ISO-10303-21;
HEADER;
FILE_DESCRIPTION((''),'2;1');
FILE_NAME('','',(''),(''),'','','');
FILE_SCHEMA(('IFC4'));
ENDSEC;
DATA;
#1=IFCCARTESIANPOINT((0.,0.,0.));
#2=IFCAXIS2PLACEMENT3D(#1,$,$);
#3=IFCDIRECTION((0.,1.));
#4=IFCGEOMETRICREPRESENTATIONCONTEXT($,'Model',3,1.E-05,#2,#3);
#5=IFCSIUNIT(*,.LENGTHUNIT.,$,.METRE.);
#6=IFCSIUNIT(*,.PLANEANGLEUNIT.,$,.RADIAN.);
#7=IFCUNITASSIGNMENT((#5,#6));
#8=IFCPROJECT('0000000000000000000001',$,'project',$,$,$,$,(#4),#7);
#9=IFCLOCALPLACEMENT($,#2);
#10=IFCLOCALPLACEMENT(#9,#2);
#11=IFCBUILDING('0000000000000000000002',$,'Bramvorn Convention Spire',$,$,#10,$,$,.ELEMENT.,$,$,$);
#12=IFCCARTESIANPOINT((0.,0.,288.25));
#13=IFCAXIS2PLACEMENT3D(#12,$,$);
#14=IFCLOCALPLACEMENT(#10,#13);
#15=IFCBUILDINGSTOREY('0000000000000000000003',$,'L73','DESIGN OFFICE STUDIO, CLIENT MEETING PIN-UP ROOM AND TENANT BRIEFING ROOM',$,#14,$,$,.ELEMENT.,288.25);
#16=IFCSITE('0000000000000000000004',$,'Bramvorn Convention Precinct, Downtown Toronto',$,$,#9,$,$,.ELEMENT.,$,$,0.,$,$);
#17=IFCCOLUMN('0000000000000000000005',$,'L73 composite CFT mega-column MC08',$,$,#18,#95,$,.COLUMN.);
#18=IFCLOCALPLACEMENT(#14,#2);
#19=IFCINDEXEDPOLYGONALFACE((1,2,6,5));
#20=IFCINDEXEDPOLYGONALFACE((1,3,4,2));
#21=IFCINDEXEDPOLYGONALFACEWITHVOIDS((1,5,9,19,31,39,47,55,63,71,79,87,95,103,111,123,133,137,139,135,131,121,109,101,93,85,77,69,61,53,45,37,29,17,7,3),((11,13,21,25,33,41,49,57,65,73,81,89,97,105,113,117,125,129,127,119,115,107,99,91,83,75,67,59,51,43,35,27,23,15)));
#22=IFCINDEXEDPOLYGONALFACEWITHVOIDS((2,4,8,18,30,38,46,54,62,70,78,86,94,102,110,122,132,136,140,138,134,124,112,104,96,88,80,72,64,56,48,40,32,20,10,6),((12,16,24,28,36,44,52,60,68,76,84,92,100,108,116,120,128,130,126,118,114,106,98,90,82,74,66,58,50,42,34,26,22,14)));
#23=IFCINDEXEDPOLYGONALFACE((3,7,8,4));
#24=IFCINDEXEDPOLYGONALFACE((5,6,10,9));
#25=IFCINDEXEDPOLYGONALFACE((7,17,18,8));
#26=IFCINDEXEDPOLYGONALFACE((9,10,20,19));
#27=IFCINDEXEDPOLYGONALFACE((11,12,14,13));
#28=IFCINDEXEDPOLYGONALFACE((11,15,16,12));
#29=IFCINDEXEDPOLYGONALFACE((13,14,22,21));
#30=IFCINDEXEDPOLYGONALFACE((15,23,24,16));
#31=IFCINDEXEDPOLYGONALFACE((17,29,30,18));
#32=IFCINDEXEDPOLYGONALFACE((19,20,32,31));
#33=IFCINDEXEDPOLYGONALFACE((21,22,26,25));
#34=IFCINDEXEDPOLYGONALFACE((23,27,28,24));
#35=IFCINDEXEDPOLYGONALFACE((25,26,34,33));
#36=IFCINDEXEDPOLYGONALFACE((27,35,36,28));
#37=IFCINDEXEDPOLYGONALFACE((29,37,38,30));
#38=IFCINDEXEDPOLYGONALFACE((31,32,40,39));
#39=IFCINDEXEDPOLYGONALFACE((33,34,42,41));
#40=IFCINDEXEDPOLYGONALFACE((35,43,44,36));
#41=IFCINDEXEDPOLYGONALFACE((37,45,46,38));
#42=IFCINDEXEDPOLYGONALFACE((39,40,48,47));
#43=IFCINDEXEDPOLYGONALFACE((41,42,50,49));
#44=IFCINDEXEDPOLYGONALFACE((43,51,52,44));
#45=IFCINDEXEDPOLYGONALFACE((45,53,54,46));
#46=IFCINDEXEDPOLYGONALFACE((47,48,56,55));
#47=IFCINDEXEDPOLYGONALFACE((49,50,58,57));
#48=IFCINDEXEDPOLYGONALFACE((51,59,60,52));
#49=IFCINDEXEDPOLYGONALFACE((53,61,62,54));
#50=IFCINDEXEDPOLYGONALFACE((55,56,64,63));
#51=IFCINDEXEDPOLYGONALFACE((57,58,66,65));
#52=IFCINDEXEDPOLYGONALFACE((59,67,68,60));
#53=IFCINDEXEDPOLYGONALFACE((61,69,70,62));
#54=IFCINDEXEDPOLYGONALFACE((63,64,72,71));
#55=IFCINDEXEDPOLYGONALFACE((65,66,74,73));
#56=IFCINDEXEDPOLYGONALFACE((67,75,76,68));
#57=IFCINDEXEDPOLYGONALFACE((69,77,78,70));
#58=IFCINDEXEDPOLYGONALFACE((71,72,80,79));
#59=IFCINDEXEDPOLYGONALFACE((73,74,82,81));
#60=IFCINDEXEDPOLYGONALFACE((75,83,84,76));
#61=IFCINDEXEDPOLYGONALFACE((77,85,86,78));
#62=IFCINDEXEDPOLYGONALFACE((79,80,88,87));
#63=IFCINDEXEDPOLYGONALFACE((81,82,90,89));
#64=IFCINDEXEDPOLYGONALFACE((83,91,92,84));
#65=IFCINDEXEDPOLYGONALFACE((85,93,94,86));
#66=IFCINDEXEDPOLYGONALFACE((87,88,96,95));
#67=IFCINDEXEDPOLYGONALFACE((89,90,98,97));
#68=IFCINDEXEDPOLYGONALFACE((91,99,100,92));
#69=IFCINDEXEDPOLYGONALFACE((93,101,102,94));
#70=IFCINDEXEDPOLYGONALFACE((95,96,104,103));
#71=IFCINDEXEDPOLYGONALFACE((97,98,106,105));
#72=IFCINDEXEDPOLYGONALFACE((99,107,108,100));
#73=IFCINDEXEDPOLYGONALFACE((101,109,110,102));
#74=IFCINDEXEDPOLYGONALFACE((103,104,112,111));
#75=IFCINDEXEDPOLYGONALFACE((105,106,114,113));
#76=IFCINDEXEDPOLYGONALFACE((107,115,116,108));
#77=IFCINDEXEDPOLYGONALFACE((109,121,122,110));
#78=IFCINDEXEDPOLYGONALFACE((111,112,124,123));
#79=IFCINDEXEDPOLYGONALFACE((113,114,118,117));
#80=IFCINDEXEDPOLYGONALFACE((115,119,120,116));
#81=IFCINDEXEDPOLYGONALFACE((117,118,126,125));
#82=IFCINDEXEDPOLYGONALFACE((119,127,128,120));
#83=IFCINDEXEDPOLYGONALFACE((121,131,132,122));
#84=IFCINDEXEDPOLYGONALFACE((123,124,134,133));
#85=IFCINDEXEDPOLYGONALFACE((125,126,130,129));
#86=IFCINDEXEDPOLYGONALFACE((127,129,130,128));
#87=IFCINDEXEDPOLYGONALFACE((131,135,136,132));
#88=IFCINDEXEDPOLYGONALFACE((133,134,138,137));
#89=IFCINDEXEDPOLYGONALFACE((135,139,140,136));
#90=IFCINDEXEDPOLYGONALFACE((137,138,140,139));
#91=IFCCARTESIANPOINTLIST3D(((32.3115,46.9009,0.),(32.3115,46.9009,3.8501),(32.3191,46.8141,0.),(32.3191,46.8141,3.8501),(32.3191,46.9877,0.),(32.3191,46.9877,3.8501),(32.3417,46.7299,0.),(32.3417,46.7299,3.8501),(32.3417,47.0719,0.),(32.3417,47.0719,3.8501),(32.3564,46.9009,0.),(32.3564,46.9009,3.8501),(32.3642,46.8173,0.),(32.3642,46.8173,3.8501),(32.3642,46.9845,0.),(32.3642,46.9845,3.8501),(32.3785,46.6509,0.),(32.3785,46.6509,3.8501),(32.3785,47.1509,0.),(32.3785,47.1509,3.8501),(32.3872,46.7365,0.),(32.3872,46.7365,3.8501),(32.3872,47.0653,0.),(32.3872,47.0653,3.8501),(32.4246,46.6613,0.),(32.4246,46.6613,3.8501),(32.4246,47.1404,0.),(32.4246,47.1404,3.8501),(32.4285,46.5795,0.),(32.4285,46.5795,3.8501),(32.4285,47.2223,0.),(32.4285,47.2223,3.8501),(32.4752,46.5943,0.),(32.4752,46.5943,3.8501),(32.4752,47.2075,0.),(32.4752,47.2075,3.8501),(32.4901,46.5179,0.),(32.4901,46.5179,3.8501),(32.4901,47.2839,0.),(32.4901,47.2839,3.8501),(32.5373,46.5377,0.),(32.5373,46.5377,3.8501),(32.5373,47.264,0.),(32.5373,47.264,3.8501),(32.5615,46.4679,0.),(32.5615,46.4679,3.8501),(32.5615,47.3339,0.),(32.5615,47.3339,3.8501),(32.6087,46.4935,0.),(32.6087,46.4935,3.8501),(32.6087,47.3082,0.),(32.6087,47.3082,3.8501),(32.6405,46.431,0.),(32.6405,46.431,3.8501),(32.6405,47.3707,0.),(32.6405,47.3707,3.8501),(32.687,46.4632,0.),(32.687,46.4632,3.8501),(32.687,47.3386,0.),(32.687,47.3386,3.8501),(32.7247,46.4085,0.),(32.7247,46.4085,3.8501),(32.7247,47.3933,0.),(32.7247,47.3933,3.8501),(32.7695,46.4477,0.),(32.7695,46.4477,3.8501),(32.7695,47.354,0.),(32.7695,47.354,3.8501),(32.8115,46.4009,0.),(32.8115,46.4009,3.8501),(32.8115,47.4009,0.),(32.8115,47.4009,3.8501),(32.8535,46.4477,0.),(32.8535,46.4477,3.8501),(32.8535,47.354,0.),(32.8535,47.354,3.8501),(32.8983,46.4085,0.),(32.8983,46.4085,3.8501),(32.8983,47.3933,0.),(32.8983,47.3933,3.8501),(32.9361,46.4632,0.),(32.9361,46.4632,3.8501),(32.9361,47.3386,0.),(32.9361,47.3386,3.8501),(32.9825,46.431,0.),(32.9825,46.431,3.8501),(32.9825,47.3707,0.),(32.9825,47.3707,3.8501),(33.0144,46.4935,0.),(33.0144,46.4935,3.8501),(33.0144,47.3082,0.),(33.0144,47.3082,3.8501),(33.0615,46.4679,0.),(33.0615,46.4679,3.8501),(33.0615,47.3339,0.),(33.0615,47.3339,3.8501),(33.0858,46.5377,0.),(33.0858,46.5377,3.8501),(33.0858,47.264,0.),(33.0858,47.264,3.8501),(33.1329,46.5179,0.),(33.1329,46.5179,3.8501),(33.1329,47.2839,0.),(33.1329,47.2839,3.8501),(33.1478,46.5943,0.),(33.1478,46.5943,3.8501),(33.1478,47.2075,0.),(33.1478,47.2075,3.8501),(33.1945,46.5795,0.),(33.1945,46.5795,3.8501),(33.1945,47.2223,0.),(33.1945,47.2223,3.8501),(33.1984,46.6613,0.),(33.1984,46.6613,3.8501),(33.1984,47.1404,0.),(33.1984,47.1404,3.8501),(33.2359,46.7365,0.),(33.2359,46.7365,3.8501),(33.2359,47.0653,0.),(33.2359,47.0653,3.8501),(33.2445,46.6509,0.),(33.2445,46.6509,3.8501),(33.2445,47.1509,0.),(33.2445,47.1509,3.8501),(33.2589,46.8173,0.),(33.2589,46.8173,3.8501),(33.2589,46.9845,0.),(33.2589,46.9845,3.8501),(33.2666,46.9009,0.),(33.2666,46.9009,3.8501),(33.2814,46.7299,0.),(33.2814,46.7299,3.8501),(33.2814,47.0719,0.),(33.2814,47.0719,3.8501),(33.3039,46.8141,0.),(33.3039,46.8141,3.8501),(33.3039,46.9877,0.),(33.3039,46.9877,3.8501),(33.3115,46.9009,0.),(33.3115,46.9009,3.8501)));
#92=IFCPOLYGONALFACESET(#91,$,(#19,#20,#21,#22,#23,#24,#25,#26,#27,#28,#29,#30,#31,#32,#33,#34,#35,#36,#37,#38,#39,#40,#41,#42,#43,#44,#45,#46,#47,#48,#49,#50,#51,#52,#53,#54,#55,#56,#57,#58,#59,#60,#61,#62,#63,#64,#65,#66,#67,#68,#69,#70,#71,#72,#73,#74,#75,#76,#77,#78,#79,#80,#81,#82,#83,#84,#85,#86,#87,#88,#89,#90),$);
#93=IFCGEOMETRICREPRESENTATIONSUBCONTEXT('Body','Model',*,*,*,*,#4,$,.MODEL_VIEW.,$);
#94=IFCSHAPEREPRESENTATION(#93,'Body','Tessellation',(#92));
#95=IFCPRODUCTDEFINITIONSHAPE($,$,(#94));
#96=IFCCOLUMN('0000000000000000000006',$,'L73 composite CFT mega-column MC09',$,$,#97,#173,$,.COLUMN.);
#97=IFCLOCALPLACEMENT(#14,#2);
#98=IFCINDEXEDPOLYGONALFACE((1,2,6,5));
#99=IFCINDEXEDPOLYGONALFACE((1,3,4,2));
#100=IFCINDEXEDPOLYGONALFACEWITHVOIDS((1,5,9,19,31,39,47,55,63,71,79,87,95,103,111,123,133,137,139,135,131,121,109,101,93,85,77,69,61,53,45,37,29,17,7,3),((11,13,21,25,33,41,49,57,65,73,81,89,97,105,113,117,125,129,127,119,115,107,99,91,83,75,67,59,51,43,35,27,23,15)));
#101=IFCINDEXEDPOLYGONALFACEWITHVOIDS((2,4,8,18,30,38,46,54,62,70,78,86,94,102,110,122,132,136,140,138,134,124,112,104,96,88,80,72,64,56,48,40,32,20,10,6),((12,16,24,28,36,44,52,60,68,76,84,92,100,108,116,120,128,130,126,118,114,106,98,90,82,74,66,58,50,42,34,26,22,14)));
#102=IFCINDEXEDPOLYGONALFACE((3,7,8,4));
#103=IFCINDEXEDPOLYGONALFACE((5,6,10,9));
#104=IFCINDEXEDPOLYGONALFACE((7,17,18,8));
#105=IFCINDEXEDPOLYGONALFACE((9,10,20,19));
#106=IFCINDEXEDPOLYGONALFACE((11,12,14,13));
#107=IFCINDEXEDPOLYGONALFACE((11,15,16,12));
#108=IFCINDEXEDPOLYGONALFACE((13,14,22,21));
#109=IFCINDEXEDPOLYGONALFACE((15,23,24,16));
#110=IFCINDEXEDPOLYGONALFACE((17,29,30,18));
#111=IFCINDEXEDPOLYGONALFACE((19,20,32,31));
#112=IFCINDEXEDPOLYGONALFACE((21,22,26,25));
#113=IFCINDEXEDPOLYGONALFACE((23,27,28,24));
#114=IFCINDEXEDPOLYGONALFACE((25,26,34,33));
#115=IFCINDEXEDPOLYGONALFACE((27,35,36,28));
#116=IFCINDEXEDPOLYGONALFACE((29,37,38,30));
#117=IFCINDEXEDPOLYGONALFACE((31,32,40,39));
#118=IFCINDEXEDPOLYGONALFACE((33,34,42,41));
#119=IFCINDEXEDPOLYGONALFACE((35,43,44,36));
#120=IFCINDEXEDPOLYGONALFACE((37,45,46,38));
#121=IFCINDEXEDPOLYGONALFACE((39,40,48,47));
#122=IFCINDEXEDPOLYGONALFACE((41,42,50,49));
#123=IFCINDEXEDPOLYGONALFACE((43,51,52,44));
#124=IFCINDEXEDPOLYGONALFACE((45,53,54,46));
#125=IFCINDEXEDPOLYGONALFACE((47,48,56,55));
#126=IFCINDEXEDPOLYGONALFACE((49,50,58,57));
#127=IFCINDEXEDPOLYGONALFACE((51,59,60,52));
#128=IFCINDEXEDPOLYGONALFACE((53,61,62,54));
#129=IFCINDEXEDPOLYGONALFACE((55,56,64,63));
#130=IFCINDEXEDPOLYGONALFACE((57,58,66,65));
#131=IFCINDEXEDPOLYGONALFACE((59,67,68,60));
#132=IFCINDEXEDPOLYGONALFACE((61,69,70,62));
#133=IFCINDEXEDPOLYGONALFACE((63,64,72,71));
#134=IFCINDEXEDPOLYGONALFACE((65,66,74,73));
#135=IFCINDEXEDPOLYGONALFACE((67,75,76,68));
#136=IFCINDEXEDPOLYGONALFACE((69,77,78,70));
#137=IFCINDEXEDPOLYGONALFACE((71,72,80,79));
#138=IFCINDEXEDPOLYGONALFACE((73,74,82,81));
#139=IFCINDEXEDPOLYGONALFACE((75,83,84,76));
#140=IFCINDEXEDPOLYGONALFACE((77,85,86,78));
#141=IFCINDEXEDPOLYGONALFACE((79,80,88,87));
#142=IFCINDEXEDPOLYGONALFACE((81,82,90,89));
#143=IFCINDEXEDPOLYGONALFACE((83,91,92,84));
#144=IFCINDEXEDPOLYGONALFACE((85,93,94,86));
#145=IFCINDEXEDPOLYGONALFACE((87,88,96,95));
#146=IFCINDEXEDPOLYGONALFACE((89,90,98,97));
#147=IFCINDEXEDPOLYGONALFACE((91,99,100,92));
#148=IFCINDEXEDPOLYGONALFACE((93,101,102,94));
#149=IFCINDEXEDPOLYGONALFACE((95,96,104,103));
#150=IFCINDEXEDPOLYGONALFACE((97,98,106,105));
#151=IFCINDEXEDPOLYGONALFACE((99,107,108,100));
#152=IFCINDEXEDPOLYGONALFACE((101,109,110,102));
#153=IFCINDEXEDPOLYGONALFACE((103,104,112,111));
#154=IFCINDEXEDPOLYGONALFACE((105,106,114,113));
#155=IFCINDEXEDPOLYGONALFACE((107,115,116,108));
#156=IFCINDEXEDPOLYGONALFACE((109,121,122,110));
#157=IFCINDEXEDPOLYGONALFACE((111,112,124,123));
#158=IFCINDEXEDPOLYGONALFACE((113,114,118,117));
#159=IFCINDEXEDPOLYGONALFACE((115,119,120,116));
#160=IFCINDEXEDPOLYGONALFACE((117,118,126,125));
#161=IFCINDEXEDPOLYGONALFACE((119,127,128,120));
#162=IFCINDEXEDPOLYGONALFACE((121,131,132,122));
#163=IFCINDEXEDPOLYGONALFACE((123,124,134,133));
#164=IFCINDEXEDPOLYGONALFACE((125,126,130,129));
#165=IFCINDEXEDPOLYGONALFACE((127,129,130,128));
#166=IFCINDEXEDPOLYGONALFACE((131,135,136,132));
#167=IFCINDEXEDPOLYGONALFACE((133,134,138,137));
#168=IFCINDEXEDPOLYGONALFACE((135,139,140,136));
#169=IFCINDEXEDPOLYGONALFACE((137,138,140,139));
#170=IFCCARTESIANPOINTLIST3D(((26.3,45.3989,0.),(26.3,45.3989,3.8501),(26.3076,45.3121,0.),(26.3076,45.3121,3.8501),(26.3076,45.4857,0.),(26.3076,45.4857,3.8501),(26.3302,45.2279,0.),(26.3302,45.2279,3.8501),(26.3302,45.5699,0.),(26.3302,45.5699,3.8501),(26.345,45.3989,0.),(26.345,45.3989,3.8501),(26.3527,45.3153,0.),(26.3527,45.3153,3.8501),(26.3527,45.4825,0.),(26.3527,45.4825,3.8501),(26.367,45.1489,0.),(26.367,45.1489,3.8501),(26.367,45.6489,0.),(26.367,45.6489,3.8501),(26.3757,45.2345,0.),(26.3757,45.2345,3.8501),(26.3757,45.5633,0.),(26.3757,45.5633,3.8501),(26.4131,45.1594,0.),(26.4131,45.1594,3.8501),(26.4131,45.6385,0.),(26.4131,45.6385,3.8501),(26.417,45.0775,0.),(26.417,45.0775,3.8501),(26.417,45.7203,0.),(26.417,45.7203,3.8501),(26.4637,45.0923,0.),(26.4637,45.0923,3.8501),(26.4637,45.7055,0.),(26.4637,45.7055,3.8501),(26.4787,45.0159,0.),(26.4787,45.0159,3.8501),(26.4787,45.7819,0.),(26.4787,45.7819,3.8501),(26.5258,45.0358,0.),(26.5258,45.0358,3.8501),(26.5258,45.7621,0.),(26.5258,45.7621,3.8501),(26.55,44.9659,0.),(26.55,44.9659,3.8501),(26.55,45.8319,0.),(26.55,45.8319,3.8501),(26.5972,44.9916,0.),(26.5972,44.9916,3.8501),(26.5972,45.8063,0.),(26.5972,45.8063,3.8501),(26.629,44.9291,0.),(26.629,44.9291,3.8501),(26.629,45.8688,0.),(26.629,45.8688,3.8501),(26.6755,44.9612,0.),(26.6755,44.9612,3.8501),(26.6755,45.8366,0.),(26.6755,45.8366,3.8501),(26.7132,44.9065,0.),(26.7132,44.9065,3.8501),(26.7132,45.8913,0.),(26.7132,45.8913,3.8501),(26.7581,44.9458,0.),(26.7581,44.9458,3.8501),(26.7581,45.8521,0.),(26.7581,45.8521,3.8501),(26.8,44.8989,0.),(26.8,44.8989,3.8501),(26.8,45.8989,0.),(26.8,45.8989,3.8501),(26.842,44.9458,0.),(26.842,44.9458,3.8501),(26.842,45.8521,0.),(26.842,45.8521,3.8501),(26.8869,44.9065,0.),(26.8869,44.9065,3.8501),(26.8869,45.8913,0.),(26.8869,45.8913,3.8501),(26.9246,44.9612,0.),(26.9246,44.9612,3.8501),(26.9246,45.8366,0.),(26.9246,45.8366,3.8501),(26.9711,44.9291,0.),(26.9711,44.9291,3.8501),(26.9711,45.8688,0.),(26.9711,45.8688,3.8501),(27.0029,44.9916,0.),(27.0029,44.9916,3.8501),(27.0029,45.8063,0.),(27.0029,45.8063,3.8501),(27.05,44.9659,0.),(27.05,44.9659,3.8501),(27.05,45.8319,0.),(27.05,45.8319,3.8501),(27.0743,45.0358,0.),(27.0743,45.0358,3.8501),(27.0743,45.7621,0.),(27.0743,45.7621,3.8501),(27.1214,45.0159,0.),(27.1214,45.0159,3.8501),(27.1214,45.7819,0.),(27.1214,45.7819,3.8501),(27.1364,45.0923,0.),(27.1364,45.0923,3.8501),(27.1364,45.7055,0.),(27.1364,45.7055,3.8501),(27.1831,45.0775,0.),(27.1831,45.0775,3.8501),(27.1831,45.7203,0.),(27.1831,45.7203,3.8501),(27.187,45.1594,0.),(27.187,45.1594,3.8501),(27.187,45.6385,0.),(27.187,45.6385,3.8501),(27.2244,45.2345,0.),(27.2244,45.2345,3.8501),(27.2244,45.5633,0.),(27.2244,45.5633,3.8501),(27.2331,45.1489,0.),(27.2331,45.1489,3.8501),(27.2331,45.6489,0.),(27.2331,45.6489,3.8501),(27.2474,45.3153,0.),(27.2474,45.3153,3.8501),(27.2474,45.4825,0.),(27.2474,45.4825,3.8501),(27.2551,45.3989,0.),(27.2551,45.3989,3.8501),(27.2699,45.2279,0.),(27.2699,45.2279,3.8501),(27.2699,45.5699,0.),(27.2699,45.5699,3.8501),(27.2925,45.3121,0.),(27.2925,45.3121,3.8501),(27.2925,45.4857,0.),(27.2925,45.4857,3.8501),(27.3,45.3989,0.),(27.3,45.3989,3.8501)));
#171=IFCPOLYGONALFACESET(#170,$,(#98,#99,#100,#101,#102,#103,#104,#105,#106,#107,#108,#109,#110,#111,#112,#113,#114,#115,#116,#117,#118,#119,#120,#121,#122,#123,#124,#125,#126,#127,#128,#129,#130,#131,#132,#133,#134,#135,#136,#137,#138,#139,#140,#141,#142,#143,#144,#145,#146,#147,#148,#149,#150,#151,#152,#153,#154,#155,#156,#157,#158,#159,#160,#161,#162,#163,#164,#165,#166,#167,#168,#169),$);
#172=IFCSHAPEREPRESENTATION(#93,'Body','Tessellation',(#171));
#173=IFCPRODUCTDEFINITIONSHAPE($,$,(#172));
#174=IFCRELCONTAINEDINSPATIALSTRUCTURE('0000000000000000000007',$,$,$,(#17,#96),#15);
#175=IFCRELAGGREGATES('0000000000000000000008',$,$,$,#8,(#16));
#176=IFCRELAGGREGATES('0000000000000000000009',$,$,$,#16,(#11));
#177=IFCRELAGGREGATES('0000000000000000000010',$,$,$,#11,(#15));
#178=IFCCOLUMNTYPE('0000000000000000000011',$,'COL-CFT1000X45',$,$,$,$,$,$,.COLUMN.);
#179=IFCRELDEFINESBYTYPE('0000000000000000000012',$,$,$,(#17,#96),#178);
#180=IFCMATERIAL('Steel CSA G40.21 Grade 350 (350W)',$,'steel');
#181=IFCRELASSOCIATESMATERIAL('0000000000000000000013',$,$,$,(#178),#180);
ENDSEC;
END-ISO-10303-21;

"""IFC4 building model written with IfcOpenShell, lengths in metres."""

from ifc_helpers import new_model, si_unit, direction, frame, origin, origin_2d, place, context, subcontext, project, spatial, hollow_circle, extrude, material, material_profile, profile_set, type_object, element, save


model = new_model("IFC4")

# Units and contexts
model_context = context("Model", 3, precision=1e-05, world=origin(), true_north=direction((0.0, 1.0)))
body_context = subcontext(model_context, "Body", "Model", "MODEL_VIEW")
ifc_project = project(units=[si_unit("LENGTHUNIT", "METRE"), si_unit("PLANEANGLEUNIT", "RADIAN")], contexts=[model_context])

# Site, building, storey
site_placement = place(None, origin())
site = spatial("IfcSite", under=ifc_project, at=site_placement, Name="Bramvorn Convention Precinct, Downtown Toronto", CompositionType="ELEMENT", RefElevation=0.0)
building_placement = place(site_placement, origin())
building = spatial("IfcBuilding", under=site, at=building_placement, Name="Bramvorn Convention Spire", CompositionType="ELEMENT")
storey_placement = place(building_placement, frame((0.0, 0.0, 288.25)))
storey = spatial("IfcBuildingStorey", under=building, at=storey_placement, Name="L73", Description="DESIGN OFFICE STUDIO, CLIENT MEETING PIN-UP ROOM AND TENANT BRIEFING ROOM", CompositionType="ELEMENT", Elevation=288.25)

# Columns
ifc_material_1 = material(Name="Steel CSA G40.21 Grade 350 (350W)", Category="steel")
ifc_material_profile_1 = material_profile(ifc_material_1, hollow_circle(Radius=0.5, WallThickness=0.0449, at=origin_2d()))
ifc_profile_set_1 = profile_set([ifc_material_profile_1], Name="Steel CSA G40.21 Grade 350 (350W) - CFT1000X45")
column_type = type_object("IfcColumnType", Name="COL-CFT1000X45", PredefinedType="COLUMN", material=ifc_profile_set_1)
for number, where, z_axis, x_axis, name in (
    (1, (32.8115, 46.9009, 0.0), (0.0, 0.0, 1.0), (1.0, 0.0, 0.0), "L73 composite CFT mega-column MC08"),
    (2, (26.8, 45.3989, 0.0), (0.0, 0.0, 1.0), (1.0, 0.0, 0.0), "L73 composite CFT mega-column MC09"),
):
    element("IfcColumn", number, at=place(storey_placement, frame(where, z_axis=z_axis, x_axis=x_axis)), inside=storey, type_object=column_type, Name=name, PredefinedType="COLUMN", context=body_context, shape_type="SweptSolid", body=[
        extrude(hollow_circle(Radius=0.5, WallThickness=0.0449, at=origin_2d()), origin(), (0.0, 0.0, 1.0), 3.8501),
    ])

save(model, "model.ifc")
